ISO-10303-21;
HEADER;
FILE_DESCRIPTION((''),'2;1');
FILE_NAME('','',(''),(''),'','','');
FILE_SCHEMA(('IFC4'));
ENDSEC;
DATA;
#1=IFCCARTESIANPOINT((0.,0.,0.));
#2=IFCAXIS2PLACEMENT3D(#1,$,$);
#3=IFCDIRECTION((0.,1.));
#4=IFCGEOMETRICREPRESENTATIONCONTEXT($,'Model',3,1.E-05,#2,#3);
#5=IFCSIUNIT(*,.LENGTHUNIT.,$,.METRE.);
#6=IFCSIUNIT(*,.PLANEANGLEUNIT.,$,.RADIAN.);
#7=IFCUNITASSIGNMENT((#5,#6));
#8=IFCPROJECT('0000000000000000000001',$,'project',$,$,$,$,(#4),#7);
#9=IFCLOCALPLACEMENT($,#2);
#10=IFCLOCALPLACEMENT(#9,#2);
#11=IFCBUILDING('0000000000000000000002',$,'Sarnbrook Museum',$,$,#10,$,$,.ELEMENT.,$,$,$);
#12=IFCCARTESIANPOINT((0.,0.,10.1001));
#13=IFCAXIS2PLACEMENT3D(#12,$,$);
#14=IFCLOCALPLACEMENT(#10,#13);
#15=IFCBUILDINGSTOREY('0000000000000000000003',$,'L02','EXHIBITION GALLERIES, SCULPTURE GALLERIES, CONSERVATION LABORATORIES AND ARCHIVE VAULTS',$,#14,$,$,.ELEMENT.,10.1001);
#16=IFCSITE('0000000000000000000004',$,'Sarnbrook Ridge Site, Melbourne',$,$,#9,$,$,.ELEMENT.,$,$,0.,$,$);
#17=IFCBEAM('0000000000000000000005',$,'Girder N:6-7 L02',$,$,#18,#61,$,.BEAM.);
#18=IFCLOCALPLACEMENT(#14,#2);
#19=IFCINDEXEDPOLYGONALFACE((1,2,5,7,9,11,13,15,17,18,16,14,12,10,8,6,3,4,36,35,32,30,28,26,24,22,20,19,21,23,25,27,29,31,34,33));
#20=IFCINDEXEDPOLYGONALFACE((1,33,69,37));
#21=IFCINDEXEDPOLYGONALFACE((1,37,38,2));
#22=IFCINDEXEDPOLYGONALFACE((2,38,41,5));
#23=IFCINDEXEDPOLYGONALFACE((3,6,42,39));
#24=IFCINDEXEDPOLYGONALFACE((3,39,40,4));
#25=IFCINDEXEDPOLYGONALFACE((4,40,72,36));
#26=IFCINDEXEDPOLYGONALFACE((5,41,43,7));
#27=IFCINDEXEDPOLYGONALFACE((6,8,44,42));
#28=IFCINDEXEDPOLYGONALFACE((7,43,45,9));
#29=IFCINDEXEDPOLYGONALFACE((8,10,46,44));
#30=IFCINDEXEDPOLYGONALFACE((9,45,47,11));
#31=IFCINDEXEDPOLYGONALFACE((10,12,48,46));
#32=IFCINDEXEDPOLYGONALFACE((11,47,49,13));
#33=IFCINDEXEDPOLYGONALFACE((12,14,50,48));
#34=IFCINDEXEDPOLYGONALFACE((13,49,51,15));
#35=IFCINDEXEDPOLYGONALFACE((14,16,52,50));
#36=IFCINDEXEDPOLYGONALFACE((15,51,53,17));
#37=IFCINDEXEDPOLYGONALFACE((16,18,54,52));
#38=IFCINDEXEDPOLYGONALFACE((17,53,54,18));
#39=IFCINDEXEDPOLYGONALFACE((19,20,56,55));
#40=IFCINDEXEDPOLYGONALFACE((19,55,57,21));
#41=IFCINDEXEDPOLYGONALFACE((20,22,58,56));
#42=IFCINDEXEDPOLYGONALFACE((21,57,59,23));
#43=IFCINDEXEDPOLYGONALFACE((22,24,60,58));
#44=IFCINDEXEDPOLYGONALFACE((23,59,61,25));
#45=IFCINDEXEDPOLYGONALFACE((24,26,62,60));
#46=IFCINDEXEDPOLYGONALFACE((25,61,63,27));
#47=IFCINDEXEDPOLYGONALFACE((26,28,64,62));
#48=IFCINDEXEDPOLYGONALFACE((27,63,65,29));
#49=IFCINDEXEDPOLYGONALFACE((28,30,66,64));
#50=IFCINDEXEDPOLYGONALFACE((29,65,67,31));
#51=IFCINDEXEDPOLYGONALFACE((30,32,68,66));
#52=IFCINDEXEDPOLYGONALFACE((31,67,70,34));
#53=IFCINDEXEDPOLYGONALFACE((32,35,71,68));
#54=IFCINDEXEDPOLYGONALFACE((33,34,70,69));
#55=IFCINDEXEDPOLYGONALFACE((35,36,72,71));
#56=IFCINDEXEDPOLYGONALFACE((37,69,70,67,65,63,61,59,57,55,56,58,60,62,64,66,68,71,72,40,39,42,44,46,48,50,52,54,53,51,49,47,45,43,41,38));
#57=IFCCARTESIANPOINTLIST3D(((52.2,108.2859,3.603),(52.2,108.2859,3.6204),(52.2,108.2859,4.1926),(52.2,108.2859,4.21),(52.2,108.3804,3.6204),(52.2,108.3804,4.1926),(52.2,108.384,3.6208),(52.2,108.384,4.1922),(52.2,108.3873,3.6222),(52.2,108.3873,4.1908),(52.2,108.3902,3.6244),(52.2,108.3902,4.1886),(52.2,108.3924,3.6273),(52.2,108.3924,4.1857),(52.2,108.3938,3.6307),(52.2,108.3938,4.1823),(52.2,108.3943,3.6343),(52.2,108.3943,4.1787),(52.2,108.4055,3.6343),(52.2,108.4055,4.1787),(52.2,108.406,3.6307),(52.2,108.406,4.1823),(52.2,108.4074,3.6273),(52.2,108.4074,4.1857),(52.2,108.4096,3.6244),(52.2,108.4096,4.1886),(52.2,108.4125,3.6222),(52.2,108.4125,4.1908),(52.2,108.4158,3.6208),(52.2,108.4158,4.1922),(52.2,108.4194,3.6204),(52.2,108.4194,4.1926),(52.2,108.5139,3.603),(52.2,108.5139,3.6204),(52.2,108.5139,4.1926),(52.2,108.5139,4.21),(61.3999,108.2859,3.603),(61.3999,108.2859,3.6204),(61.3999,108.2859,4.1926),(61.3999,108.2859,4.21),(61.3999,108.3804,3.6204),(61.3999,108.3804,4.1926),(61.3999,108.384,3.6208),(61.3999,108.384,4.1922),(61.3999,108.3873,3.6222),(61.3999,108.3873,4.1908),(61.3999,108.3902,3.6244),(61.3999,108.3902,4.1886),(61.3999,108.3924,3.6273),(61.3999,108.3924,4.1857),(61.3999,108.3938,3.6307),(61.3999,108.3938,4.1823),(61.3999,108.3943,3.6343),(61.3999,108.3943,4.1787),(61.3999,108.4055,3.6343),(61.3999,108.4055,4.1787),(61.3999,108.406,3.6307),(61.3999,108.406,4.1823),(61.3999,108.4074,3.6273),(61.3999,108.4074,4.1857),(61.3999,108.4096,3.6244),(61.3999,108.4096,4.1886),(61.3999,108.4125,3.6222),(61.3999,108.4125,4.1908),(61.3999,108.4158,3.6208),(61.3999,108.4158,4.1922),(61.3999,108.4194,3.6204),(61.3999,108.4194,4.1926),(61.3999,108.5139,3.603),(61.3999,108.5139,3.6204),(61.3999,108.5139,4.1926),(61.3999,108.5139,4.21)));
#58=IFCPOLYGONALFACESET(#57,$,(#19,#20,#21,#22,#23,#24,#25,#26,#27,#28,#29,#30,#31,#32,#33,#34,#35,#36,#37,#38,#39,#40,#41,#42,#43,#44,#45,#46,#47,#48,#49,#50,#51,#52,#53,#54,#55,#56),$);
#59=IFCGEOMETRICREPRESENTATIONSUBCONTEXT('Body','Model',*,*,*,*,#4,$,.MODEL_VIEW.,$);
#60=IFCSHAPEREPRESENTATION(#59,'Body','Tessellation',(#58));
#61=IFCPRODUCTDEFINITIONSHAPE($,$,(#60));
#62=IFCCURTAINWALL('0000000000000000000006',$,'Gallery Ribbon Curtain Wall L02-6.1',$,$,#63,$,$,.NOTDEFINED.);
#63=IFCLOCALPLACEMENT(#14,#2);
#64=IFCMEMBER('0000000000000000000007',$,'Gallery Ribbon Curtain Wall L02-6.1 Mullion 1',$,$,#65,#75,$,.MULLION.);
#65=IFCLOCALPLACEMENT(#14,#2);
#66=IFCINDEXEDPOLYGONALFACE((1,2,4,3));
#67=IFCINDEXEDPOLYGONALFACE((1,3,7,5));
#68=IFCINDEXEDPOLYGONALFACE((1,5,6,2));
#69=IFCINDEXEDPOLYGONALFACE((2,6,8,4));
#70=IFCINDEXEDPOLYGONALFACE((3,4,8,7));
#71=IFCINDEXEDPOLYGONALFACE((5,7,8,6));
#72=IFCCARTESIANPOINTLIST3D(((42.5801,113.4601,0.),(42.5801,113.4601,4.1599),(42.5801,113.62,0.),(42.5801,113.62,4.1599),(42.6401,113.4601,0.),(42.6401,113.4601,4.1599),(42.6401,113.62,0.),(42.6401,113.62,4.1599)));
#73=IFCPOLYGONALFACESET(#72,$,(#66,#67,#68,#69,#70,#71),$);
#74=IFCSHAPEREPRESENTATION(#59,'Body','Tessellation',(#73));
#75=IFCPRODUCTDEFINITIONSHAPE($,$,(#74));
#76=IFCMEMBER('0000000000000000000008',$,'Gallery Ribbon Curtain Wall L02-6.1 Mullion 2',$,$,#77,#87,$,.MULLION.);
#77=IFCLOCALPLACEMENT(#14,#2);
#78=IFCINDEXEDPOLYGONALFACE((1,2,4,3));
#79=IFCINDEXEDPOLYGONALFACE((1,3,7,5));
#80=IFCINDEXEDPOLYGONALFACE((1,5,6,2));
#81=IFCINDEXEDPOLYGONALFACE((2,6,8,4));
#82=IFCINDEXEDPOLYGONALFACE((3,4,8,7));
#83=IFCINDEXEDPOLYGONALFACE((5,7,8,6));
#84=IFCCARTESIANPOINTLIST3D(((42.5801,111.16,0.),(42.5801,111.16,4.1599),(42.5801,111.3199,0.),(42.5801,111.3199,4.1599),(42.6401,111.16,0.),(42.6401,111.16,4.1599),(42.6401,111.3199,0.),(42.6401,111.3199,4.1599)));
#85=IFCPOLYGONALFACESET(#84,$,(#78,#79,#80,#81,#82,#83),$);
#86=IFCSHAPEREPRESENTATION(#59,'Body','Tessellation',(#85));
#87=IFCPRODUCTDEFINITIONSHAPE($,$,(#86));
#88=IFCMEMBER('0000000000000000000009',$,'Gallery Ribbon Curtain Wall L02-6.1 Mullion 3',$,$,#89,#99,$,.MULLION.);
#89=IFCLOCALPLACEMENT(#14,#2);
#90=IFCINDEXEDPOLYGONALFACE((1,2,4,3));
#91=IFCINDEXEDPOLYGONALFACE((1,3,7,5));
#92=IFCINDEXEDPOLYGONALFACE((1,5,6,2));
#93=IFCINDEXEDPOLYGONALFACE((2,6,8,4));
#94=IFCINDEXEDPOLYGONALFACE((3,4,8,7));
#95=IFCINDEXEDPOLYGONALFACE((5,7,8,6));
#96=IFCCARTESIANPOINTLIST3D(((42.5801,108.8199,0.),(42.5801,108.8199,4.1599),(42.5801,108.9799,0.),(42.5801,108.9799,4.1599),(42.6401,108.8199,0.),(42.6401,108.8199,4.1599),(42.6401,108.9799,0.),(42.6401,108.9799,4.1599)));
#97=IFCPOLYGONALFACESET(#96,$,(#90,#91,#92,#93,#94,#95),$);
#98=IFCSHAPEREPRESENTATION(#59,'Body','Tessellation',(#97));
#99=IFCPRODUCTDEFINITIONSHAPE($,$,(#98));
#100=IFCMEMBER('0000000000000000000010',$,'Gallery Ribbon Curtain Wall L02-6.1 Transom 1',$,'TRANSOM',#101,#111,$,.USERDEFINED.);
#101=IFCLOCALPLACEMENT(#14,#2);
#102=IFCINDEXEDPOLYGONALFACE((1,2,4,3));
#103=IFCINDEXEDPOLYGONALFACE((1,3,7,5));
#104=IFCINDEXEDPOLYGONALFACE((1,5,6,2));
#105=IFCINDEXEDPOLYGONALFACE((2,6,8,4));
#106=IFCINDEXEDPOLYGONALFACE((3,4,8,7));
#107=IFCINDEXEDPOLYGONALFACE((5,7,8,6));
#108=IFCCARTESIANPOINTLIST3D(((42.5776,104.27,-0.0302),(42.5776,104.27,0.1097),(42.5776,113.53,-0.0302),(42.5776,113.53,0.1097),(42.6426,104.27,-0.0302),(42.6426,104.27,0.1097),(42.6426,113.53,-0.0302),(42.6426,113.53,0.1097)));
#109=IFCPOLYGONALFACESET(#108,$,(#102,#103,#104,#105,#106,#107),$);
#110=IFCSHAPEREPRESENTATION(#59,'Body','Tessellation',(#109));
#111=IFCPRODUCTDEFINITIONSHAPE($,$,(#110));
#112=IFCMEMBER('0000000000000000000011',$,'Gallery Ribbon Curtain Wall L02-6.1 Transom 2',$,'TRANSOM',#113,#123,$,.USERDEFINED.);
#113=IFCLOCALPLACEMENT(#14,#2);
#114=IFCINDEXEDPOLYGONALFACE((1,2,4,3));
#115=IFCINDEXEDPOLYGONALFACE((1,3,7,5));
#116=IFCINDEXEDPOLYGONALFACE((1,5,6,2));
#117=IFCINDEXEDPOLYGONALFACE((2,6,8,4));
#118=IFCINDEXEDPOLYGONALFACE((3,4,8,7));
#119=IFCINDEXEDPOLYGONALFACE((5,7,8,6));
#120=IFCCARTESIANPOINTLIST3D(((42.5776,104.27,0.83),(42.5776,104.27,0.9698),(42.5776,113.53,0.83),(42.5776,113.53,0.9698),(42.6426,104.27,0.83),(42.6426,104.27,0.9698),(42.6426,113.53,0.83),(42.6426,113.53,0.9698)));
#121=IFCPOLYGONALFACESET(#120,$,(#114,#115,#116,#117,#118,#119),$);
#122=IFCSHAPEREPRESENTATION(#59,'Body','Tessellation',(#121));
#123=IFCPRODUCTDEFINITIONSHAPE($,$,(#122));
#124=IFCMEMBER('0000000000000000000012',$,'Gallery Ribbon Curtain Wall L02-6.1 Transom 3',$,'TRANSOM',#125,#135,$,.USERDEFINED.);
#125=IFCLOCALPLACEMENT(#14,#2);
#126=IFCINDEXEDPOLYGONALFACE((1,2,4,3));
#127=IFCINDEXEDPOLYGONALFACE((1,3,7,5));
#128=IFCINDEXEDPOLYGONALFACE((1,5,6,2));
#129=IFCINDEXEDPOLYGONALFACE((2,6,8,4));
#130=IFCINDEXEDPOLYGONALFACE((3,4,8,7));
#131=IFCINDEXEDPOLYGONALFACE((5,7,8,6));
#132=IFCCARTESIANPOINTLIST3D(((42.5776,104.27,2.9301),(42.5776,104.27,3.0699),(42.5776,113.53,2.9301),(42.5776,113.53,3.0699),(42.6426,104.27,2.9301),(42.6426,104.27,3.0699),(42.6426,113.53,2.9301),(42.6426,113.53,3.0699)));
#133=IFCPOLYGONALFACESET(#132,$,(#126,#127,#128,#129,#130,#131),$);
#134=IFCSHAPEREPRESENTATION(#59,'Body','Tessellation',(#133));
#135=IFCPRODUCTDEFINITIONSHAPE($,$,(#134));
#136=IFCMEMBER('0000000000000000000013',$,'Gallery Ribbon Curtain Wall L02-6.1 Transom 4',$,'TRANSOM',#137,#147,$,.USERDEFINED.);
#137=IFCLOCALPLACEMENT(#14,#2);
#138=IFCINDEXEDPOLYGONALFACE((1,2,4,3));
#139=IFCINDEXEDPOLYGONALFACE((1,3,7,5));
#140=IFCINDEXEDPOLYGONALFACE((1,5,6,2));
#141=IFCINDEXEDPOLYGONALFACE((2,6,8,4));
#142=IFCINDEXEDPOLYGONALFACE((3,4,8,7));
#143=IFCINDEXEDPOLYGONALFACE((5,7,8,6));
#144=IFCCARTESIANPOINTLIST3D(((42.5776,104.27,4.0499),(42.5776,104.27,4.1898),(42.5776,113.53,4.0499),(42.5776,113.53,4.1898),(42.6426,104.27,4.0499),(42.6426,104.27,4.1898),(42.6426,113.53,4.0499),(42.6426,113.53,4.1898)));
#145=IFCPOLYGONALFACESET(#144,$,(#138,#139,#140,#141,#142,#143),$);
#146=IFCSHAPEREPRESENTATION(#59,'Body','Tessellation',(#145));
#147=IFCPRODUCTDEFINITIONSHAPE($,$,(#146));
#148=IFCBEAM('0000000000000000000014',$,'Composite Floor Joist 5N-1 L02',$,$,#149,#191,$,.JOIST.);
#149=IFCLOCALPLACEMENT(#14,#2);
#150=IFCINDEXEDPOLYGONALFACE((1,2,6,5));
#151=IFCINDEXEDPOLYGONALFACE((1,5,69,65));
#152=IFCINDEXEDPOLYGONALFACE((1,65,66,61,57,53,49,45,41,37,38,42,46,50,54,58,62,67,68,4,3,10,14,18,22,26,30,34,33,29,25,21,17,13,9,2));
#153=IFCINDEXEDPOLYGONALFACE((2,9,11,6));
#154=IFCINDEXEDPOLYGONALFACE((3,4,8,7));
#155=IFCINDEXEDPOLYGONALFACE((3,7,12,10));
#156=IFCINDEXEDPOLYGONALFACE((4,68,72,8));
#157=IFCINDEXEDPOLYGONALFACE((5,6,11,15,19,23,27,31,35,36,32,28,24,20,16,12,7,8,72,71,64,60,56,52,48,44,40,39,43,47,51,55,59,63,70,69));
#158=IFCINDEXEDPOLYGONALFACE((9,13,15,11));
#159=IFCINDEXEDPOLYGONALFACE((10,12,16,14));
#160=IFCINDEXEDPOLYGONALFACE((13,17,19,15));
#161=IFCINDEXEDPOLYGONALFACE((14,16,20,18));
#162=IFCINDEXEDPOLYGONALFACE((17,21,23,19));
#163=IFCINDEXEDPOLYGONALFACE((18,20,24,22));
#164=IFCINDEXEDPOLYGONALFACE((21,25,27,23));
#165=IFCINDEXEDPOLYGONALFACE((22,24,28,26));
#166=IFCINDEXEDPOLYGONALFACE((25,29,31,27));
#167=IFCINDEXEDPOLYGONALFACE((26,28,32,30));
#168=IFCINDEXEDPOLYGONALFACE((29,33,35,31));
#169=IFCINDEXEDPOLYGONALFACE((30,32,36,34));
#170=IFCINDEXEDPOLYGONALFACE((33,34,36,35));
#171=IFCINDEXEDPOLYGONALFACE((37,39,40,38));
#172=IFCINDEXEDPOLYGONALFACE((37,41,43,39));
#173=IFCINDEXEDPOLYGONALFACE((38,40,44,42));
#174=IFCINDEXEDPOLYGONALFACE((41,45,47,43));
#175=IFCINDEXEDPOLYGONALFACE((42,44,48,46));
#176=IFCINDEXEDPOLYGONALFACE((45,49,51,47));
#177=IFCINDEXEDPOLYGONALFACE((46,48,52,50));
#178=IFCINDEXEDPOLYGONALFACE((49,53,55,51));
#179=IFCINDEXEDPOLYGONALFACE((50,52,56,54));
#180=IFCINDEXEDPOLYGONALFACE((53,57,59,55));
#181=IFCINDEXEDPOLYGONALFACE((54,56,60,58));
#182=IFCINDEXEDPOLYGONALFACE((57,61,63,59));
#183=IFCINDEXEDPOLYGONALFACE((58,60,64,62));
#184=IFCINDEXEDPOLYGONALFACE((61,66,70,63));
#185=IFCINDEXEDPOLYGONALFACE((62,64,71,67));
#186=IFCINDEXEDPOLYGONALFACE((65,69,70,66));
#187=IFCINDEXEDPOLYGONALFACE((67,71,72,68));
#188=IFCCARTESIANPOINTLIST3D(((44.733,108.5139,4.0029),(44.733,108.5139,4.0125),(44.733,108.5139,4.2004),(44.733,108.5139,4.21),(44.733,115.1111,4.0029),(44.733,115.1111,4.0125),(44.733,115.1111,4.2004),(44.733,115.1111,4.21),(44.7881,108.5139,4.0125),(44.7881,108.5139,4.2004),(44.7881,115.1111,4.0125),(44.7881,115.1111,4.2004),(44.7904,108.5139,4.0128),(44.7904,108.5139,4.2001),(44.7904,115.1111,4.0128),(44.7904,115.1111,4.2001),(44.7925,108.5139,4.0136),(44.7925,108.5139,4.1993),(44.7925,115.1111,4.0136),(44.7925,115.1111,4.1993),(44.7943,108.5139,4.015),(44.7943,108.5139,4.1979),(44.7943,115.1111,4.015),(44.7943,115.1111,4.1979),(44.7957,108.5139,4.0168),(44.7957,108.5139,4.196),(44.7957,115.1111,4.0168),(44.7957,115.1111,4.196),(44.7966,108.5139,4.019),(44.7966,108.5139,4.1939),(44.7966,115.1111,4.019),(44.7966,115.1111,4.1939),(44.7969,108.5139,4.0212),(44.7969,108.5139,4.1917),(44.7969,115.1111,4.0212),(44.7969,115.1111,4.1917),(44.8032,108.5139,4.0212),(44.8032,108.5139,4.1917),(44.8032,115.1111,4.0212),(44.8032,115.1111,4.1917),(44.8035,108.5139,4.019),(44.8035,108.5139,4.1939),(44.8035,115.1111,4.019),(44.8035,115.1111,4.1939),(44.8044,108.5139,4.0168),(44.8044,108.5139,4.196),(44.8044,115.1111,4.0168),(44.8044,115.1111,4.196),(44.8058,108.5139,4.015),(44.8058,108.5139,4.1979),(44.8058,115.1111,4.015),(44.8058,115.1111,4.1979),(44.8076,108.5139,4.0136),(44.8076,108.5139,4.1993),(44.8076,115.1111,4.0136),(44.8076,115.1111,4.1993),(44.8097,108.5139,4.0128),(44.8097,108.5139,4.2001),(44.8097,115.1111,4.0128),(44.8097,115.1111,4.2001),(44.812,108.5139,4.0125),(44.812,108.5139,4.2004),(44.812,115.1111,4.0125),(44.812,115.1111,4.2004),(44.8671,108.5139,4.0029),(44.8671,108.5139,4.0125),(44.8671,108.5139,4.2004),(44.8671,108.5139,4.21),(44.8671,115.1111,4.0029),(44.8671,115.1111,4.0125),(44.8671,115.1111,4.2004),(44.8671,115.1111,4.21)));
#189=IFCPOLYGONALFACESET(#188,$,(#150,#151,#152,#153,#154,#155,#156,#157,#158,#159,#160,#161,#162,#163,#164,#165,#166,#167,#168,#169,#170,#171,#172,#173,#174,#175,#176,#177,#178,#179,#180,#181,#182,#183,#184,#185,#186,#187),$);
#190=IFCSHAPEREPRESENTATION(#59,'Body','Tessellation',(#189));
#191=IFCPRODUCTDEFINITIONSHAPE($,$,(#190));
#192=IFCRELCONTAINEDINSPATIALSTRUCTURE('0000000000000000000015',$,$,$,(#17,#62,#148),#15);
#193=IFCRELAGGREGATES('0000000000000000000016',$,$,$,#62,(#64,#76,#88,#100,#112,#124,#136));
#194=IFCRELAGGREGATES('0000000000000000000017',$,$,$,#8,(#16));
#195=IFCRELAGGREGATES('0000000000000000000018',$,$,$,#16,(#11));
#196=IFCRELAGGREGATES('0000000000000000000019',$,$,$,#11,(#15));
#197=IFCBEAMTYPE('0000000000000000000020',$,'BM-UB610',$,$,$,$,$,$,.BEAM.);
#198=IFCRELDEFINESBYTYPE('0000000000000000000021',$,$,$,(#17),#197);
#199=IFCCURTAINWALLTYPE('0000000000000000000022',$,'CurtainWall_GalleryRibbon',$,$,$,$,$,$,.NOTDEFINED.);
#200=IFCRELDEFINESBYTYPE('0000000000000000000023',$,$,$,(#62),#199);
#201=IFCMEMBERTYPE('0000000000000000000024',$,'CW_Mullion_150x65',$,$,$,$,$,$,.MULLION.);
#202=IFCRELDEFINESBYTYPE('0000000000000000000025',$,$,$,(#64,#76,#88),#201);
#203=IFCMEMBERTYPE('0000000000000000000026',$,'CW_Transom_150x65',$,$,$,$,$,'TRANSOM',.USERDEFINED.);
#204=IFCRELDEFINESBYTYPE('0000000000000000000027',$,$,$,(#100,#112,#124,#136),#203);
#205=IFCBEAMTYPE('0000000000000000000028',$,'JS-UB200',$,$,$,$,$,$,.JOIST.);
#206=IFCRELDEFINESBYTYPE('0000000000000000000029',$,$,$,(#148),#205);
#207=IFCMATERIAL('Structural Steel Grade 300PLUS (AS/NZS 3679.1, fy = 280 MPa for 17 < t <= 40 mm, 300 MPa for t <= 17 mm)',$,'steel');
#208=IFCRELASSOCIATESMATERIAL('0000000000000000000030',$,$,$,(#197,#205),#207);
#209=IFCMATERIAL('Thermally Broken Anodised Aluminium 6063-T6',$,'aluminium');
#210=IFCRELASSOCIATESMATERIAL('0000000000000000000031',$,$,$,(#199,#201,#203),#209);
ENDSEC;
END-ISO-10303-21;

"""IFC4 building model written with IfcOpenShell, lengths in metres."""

from ifc_helpers import new_model, si_unit, direction, frame, origin, origin_2d, place, context, subcontext, project, spatial, rectangle, i_section, extrude, material, material_profile, profile_set, type_object, element, aggregate, save


model = new_model("IFC4")

# Units and contexts
model_context = context("Model", 3, precision=1e-05, world=origin(), true_north=direction((0.0, 1.0)))
body_context = subcontext(model_context, "Body", "Model", "MODEL_VIEW")
ifc_project = project(units=[si_unit("LENGTHUNIT", "METRE"), si_unit("PLANEANGLEUNIT", "RADIAN")], contexts=[model_context])

# Site, building, storey
site_placement = place(None, origin())
site = spatial("IfcSite", under=ifc_project, at=site_placement, Name="Sarnbrook Ridge Site, Melbourne", CompositionType="ELEMENT", RefElevation=0.0)
building_placement = place(site_placement, origin())
building = spatial("IfcBuilding", under=site, at=building_placement, Name="Sarnbrook Museum", CompositionType="ELEMENT")
storey_placement = place(building_placement, frame((0.0, 0.0, 10.1001)))
storey = spatial("IfcBuildingStorey", under=building, at=storey_placement, Name="L02", Description="EXHIBITION GALLERIES, SCULPTURE GALLERIES, CONSERVATION LABORATORIES AND ARCHIVE VAULTS", CompositionType="ELEMENT", Elevation=10.1001)

# Shared definitions
ifc_material_1 = material(Name="Structural Steel Grade 300PLUS (AS/NZS 3679.1, fy = 280 MPa for 17 < t <= 40 mm, 300 MPa for t <= 17 mm)", Category="steel")

# Beam
ifc_material_profile_1 = material_profile(ifc_material_1, i_section(OverallWidth=0.228, OverallDepth=0.6069, WebThickness=0.0112, FlangeThickness=0.0173, FilletRadius=0.0139, at=origin_2d()), Name="610UB113")
ifc_profile_set_1 = profile_set([ifc_material_profile_1], Name="Structural Steel Grade 300PLUS (AS/NZS 3679.1, fy = 280 MPa for 17 < t <= 40 mm, 300 MPa for t <= 17 mm)")
beam_type_1 = type_object("IfcBeamType", Name="BM-UB610", PredefinedType="BEAM", material=ifc_profile_set_1)
for number, where, z_axis, x_axis, name in (
    (1, (52.2, 108.3999, 3.9065), (1.0, 0.0, 0.0), (0.0, 1.0, 0.0), "Girder N:6-7 L02"),
):
    element("IfcBeam", number, at=place(storey_placement, frame(where, z_axis=z_axis, x_axis=x_axis)), inside=storey, type_object=beam_type_1, Name=name, PredefinedType="BEAM", context=body_context, shape_type="SweptSolid", body=[
        extrude(i_section(OverallWidth=0.228, OverallDepth=0.6069, WebThickness=0.0112, FlangeThickness=0.0173, FilletRadius=0.0139, at=origin_2d()), origin(), (0.0, 0.0, 1.0), 9.2),
    ])

# Curtain wall, members
ifc_material_2 = material(Name="Thermally Broken Anodised Aluminium 6063-T6", Category="aluminium")
curtain_wall_type = type_object("IfcCurtainWallType", Name="CurtainWall_GalleryRibbon", PredefinedType="NOTDEFINED", material=ifc_material_2)
curtain_wall_placement = place(storey_placement, origin())
curtain_wall = element("IfcCurtainWall", 2, at=curtain_wall_placement, inside=storey, type_object=curtain_wall_type, Name="Gallery Ribbon Curtain Wall L02-6.1", PredefinedType="NOTDEFINED")
ifc_material_profile_2 = material_profile(ifc_material_2, rectangle(XDim=0.0601, YDim=0.1599, at=origin_2d()), Name="ALU MULLION 60x160")
ifc_profile_set_2 = profile_set([ifc_material_profile_2], Name="Thermally Broken Anodised Aluminium 6063-T6")
member_type_1 = type_object("IfcMemberType", Name="CW_Mullion_150x65", PredefinedType="MULLION", material=ifc_profile_set_2)
member_1_placement = place(storey_placement, frame((42.6101, 113.54, 0.0), z_axis=(0.0, 0.0, 1.0), x_axis=(1.0, 0.0, 0.0)))
member_1 = element("IfcMember", 3, at=member_1_placement, type_object=member_type_1, Name="Gallery Ribbon Curtain Wall L02-6.1 Mullion 1", PredefinedType="MULLION", context=body_context, shape_type="SweptSolid", body=[
    extrude(rectangle(XDim=0.0601, YDim=0.1599, at=origin_2d()), origin(), (0.0, 0.0, 1.0), 4.1599),
])
member_2_placement = place(storey_placement, frame((42.6101, 111.24, 0.0), z_axis=(0.0, 0.0, 1.0), x_axis=(1.0, 0.0, 0.0)))
member_2 = element("IfcMember", 4, at=member_2_placement, type_object=member_type_1, Name="Gallery Ribbon Curtain Wall L02-6.1 Mullion 2", PredefinedType="MULLION", context=body_context, shape_type="SweptSolid", body=[
    extrude(rectangle(XDim=0.0601, YDim=0.1599, at=origin_2d()), origin(), (0.0, 0.0, 1.0), 4.1599),
])
member_3_placement = place(storey_placement, frame((42.6101, 108.8999, 0.0), z_axis=(0.0, 0.0, 1.0), x_axis=(1.0, 0.0, 0.0)))
member_3 = element("IfcMember", 5, at=member_3_placement, type_object=member_type_1, Name="Gallery Ribbon Curtain Wall L02-6.1 Mullion 3", PredefinedType="MULLION", context=body_context, shape_type="SweptSolid", body=[
    extrude(rectangle(XDim=0.0601, YDim=0.1599, at=origin_2d()), origin(), (0.0, 0.0, 1.0), 4.1599),
])
ifc_material_profile_3 = material_profile(ifc_material_2, rectangle(XDim=0.0649, YDim=0.1399, at=origin_2d()), Name="ALU TRANSOM 65x140")
ifc_profile_set_3 = profile_set([ifc_material_profile_3], Name="Thermally Broken Anodised Aluminium 6063-T6")
member_type_2 = type_object("IfcMemberType", Name="CW_Transom_150x65", ElementType="TRANSOM", PredefinedType="USERDEFINED", material=ifc_profile_set_3)
member_4_placement = place(storey_placement, frame((42.6101, 113.53, 0.0398), z_axis=(0.0, -1.0, 0.0), x_axis=(1.0, 0.0, 0.0)))
member_4 = element("IfcMember", 6, at=member_4_placement, type_object=member_type_2, Name="Gallery Ribbon Curtain Wall L02-6.1 Transom 1", ObjectType="TRANSOM", PredefinedType="USERDEFINED", context=body_context, shape_type="SweptSolid", body=[
    extrude(rectangle(XDim=0.0649, YDim=0.1399, at=origin_2d()), origin(), (0.0, 0.0, 1.0), 9.26),
])
member_5_placement = place(storey_placement, frame((42.6101, 113.53, 0.8999), z_axis=(0.0, -1.0, 0.0), x_axis=(1.0, 0.0, 0.0)))
member_5 = element("IfcMember", 7, at=member_5_placement, type_object=member_type_2, Name="Gallery Ribbon Curtain Wall L02-6.1 Transom 2", ObjectType="TRANSOM", PredefinedType="USERDEFINED", context=body_context, shape_type="SweptSolid", body=[
    extrude(rectangle(XDim=0.0649, YDim=0.1399, at=origin_2d()), origin(), (0.0, 0.0, 1.0), 9.26),
])
member_6_placement = place(storey_placement, frame((42.6101, 113.53, 3.0), z_axis=(0.0, -1.0, 0.0), x_axis=(1.0, 0.0, 0.0)))
member_6 = element("IfcMember", 8, at=member_6_placement, type_object=member_type_2, Name="Gallery Ribbon Curtain Wall L02-6.1 Transom 3", ObjectType="TRANSOM", PredefinedType="USERDEFINED", context=body_context, shape_type="SweptSolid", body=[
    extrude(rectangle(XDim=0.0649, YDim=0.1399, at=origin_2d()), origin(), (0.0, 0.0, 1.0), 9.26),
])
member_7_placement = place(storey_placement, frame((42.6101, 113.53, 4.1199), z_axis=(0.0, -1.0, 0.0), x_axis=(1.0, 0.0, 0.0)))
member_7 = element("IfcMember", 9, at=member_7_placement, type_object=member_type_2, Name="Gallery Ribbon Curtain Wall L02-6.1 Transom 4", ObjectType="TRANSOM", PredefinedType="USERDEFINED", context=body_context, shape_type="SweptSolid", body=[
    extrude(rectangle(XDim=0.0649, YDim=0.1399, at=origin_2d()), origin(), (0.0, 0.0, 1.0), 9.26),
])

# Beam
ifc_material_profile_4 = material_profile(ifc_material_1, i_section(OverallWidth=0.134, OverallDepth=0.207, WebThickness=0.0063, FlangeThickness=0.0095, FilletRadius=0.0088, at=origin_2d()), Name="200UB29.8")
ifc_profile_set_4 = profile_set([ifc_material_profile_4], Name="Structural Steel Grade 300PLUS (AS/NZS 3679.1, fy = 280 MPa for 17 < t <= 40 mm, 300 MPa for t <= 17 mm)")
beam_type_2 = type_object("IfcBeamType", Name="JS-UB200", PredefinedType="JOIST", material=ifc_profile_set_4)
for number, where, z_axis, x_axis, name in (
    (10, (44.8, 108.5139, 4.1064), (0.0, 1.0, 0.0), (-1.0, 0.0, 0.0), "Composite Floor Joist 5N-1 L02"),
):
    element("IfcBeam", number, at=place(storey_placement, frame(where, z_axis=z_axis, x_axis=x_axis)), inside=storey, type_object=beam_type_2, Name=name, PredefinedType="JOIST", context=body_context, shape_type="SweptSolid", body=[
        extrude(i_section(OverallWidth=0.134, OverallDepth=0.207, WebThickness=0.0063, FlangeThickness=0.0095, FilletRadius=0.0088, at=origin_2d()), origin(), (0.0, 0.0, 1.0), 6.5972),
    ])

aggregate(curtain_wall, [member_1, member_2, member_3, member_4, member_5, member_6, member_7])

save(model, "model.ifc")
